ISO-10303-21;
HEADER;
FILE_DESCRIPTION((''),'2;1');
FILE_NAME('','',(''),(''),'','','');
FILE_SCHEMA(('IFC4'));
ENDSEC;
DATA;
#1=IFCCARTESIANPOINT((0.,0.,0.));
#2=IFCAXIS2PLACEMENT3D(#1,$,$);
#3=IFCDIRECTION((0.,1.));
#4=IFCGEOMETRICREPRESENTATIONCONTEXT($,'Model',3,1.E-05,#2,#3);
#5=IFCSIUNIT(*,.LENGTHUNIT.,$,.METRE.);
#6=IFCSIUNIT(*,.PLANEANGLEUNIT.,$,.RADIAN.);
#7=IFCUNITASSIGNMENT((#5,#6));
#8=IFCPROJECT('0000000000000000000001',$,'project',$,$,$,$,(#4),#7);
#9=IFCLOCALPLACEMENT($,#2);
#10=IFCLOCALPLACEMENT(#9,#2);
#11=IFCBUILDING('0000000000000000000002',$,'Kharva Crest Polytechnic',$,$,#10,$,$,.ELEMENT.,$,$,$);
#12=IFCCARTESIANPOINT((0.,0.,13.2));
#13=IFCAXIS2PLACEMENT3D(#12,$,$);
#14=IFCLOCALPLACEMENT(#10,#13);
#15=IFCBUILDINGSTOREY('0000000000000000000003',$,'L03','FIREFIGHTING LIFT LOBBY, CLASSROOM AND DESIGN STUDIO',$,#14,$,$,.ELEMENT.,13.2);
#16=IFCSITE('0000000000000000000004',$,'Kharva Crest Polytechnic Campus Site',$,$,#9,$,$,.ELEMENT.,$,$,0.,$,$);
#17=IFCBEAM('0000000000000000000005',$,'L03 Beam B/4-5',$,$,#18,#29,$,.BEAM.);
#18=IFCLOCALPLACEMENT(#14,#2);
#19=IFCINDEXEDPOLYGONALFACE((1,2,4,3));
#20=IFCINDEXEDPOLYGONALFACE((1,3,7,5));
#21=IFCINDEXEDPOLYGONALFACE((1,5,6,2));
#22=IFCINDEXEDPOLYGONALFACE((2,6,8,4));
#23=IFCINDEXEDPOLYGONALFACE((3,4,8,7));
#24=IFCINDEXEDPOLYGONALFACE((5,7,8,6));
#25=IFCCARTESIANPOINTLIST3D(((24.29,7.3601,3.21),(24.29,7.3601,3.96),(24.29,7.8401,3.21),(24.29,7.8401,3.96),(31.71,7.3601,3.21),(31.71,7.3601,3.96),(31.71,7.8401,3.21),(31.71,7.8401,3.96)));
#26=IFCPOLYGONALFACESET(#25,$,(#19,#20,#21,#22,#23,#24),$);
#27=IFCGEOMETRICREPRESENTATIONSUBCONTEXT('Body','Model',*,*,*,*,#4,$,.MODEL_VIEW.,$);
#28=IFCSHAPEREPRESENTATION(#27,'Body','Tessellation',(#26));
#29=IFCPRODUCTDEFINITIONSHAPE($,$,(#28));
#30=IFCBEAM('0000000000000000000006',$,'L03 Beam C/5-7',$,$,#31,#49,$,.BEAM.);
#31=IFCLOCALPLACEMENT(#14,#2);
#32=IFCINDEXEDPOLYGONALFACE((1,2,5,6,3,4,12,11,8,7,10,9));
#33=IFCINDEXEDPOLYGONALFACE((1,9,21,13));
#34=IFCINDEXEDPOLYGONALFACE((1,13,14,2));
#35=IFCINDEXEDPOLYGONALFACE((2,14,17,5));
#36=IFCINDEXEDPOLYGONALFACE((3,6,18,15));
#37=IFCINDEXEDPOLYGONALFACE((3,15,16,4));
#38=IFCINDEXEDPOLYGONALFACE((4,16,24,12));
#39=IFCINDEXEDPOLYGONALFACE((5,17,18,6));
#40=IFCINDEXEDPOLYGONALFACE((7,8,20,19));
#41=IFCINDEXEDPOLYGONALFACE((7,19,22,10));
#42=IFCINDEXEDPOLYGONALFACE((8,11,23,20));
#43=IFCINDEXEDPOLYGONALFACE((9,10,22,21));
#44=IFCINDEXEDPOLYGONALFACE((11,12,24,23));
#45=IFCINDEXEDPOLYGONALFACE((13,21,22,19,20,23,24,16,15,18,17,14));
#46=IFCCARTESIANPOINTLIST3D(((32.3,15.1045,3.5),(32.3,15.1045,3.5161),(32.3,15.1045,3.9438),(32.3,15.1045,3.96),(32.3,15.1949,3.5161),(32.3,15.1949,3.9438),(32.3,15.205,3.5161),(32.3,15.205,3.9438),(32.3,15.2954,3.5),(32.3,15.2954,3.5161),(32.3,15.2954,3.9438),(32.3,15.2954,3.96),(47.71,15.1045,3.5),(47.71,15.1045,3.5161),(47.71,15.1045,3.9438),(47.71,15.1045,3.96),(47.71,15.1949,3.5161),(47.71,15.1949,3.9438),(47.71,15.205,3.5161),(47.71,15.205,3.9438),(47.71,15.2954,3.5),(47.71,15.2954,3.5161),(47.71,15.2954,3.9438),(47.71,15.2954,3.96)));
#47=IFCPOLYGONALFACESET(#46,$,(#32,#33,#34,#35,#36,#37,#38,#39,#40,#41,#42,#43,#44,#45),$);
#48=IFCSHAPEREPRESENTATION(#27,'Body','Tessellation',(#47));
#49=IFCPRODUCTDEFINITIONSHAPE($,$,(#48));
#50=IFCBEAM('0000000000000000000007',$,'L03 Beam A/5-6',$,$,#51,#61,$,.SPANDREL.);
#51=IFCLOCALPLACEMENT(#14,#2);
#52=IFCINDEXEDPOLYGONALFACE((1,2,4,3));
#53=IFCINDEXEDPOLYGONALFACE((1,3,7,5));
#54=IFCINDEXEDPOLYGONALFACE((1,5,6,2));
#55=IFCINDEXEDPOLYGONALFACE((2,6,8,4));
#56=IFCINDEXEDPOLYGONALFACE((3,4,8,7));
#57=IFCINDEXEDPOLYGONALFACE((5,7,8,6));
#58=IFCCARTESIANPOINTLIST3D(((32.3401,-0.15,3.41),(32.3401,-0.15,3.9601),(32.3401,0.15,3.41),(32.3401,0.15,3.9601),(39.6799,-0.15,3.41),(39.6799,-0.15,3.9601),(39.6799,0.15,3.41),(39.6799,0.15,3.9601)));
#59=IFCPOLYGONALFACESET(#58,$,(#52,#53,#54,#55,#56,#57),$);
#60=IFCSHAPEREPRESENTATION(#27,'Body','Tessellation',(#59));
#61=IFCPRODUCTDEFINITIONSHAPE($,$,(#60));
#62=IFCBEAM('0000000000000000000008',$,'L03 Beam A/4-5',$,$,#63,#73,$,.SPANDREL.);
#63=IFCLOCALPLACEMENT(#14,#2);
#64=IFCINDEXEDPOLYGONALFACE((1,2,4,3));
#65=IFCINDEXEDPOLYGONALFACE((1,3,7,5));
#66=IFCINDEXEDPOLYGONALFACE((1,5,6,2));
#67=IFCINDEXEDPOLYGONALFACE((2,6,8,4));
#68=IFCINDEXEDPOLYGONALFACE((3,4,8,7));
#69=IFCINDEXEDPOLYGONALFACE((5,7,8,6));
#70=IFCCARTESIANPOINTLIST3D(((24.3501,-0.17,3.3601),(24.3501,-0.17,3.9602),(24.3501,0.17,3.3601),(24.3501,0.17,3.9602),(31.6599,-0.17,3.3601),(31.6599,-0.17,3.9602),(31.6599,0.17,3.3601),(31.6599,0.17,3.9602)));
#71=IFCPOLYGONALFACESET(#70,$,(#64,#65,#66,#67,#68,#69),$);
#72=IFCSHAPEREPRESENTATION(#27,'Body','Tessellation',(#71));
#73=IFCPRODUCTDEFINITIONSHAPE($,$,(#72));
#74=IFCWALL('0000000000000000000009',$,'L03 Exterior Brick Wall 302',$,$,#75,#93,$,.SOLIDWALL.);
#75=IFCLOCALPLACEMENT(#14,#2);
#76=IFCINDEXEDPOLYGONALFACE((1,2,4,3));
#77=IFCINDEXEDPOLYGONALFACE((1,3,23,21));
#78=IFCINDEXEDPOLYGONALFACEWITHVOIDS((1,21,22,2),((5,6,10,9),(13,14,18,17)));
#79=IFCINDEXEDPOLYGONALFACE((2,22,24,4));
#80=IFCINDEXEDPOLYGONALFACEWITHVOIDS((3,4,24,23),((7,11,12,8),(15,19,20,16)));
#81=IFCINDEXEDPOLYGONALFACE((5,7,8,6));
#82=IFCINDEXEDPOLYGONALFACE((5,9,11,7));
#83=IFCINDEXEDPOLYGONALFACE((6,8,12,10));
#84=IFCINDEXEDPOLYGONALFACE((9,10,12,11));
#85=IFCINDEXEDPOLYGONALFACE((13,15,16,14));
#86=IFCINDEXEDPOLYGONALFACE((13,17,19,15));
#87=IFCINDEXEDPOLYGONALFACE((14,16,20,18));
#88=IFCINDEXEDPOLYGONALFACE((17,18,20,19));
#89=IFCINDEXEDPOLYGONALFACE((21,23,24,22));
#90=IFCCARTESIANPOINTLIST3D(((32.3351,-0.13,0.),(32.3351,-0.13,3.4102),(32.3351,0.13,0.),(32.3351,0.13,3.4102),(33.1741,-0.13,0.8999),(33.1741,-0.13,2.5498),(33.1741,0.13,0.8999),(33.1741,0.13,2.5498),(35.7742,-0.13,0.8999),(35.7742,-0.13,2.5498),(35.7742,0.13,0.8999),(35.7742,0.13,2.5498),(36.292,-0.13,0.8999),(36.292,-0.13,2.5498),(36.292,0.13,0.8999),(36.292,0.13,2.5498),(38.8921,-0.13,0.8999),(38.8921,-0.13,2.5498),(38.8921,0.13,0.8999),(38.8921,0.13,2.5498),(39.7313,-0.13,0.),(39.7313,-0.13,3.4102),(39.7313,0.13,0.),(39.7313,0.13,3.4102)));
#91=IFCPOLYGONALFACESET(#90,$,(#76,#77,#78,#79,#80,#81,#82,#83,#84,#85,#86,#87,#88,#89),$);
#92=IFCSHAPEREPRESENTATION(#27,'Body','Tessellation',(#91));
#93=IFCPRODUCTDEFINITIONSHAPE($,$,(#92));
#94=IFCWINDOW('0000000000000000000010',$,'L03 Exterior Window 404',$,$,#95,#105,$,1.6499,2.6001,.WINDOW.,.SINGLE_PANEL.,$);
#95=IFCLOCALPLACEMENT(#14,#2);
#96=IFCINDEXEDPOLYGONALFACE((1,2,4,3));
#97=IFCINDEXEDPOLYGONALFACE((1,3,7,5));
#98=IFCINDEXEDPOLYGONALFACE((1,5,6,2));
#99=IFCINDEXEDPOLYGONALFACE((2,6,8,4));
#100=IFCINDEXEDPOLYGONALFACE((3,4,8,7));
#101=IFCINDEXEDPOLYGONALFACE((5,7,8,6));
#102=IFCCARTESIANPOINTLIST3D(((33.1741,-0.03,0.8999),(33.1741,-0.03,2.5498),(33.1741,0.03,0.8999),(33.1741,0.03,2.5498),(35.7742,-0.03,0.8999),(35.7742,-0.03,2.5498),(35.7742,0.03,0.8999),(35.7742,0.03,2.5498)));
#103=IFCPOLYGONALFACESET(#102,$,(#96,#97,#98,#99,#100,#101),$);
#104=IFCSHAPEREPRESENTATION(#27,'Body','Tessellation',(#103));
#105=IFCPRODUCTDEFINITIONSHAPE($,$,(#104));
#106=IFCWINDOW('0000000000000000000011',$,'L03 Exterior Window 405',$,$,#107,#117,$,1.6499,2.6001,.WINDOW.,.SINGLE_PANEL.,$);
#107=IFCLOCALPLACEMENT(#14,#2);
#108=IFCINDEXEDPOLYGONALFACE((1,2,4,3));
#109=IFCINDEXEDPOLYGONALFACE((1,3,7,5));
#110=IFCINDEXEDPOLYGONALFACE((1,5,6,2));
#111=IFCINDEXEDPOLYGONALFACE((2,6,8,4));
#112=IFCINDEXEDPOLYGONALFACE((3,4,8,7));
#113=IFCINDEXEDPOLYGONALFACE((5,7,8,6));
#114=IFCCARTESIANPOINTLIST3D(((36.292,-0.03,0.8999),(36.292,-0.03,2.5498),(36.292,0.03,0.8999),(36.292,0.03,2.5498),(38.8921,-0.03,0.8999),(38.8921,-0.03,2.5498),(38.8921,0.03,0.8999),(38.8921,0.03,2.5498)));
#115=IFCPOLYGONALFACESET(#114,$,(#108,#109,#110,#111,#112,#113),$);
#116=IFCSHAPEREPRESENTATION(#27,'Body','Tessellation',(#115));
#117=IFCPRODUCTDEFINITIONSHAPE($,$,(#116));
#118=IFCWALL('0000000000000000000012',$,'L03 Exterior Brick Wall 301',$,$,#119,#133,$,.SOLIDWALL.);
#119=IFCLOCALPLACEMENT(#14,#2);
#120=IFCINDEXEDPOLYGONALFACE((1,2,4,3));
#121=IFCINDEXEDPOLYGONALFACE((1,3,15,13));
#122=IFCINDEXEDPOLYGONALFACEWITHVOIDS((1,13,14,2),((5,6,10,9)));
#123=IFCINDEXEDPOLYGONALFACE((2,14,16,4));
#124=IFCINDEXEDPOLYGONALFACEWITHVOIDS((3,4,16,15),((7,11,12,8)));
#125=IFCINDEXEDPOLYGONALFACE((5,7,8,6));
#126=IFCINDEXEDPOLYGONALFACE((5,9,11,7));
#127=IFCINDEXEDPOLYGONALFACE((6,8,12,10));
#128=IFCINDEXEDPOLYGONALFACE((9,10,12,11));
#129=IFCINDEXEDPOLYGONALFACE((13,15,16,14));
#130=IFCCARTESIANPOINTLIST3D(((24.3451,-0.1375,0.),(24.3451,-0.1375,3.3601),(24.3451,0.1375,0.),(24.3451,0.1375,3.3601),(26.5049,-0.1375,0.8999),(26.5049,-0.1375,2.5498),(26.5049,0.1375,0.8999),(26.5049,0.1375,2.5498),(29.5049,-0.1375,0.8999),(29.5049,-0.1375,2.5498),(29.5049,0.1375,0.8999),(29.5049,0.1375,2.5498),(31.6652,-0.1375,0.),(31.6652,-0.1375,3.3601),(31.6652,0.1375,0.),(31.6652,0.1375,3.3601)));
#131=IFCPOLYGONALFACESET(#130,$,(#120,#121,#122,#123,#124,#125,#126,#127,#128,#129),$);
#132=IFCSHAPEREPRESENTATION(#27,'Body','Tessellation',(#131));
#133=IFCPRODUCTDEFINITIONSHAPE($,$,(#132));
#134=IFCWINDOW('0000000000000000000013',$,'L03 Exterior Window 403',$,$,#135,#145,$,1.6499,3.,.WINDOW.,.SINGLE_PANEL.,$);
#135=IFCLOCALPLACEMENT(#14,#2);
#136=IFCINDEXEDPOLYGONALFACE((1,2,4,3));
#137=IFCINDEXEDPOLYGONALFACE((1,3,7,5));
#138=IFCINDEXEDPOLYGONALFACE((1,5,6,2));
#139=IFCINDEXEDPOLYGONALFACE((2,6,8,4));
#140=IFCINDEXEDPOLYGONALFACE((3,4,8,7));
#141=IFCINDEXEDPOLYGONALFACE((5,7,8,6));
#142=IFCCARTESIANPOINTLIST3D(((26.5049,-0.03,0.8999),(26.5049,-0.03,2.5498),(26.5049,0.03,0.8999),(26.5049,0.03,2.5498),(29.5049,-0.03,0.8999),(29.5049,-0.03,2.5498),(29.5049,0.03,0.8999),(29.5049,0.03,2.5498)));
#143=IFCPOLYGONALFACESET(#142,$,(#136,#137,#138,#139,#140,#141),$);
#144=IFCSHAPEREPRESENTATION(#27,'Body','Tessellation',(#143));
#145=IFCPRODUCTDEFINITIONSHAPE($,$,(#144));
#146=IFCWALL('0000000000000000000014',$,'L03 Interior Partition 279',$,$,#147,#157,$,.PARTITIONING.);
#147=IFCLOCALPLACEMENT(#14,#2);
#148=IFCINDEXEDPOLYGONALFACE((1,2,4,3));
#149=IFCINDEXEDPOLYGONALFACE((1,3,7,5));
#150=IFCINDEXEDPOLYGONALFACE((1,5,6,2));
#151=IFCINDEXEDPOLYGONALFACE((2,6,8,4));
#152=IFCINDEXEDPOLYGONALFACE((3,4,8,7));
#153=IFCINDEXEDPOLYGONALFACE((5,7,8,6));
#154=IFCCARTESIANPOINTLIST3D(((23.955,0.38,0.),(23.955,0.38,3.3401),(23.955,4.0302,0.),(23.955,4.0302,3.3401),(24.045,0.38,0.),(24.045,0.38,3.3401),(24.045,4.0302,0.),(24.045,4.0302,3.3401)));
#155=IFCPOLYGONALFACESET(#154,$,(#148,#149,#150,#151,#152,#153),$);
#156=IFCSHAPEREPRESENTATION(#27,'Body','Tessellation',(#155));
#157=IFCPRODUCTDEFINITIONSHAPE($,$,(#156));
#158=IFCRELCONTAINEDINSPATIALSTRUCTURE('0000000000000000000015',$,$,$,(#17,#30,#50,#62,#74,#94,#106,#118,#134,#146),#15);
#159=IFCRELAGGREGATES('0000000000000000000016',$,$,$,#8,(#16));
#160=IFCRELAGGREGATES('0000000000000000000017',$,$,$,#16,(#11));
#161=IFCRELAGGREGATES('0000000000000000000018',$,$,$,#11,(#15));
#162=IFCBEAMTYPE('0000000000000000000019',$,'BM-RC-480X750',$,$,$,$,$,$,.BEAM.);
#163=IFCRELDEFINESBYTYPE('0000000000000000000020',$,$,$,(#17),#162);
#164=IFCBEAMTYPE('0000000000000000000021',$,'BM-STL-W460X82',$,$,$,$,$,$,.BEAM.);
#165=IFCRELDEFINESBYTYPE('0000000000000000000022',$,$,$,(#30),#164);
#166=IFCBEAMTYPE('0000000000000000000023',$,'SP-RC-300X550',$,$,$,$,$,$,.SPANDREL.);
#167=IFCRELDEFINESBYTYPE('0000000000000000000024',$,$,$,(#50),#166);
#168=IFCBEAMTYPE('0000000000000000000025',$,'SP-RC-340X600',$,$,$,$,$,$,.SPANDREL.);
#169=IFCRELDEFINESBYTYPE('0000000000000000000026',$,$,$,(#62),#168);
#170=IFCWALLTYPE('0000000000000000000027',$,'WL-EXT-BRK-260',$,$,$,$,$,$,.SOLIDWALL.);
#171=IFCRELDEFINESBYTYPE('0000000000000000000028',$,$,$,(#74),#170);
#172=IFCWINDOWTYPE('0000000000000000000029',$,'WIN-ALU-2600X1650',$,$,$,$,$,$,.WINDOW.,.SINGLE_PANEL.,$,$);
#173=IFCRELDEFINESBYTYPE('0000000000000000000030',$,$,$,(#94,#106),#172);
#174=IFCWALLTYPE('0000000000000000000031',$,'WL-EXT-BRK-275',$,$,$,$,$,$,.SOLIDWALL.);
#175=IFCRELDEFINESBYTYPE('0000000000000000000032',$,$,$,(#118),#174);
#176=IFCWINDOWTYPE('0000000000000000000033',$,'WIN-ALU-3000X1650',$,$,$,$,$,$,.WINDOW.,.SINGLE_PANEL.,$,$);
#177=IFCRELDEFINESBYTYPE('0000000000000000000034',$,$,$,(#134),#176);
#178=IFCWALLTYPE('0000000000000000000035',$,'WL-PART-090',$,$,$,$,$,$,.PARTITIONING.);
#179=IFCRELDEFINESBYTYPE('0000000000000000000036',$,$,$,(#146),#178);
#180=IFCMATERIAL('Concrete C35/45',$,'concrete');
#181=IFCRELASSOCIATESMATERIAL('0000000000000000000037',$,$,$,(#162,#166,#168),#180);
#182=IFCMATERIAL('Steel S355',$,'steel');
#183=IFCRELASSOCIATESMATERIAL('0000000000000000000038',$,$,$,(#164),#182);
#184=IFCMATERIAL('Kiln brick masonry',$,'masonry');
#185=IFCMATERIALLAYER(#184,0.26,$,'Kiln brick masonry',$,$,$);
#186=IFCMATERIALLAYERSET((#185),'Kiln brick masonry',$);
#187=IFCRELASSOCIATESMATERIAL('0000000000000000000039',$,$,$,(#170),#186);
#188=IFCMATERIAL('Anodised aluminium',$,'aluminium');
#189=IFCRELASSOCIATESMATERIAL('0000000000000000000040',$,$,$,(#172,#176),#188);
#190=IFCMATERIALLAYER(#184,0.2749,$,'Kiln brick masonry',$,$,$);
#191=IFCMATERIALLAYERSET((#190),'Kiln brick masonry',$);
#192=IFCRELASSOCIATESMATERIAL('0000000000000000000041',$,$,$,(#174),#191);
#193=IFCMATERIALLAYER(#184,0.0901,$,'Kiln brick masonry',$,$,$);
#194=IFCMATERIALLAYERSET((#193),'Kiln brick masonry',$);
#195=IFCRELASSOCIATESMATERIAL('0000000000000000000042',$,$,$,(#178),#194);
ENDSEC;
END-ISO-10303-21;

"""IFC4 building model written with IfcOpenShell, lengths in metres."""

from ifc_helpers import new_model, si_unit, direction, frame, frame_2d, origin, origin_2d, place, context, subcontext, project, spatial, rectangle, i_section, extrude, material, layer, layer_set, material_profile, profile_set, type_object, element, fill, save


model = new_model("IFC4")

# Units and contexts
model_context = context("Model", 3, precision=1e-05, world=origin(), true_north=direction((0.0, 1.0)))
body_context = subcontext(model_context, "Body", "Model", "MODEL_VIEW")
ifc_project = project(units=[si_unit("LENGTHUNIT", "METRE"), si_unit("PLANEANGLEUNIT", "RADIAN")], contexts=[model_context])

# Site, building, storey
site_placement = place(None, origin())
site = spatial("IfcSite", under=ifc_project, at=site_placement, Name="Kharva Crest Polytechnic Campus Site", CompositionType="ELEMENT", RefElevation=0.0)
building_placement = place(site_placement, origin())
building = spatial("IfcBuilding", under=site, at=building_placement, Name="Kharva Crest Polytechnic", CompositionType="ELEMENT")
storey_placement = place(building_placement, frame((0.0, 0.0, 13.2)))
storey = spatial("IfcBuildingStorey", under=building, at=storey_placement, Name="L03", Description="FIREFIGHTING LIFT LOBBY, CLASSROOM AND DESIGN STUDIO", CompositionType="ELEMENT", Elevation=13.2)

# Beams
ifc_material_1 = material(Name="Concrete C35/45", Category="concrete")
ifc_material_profile_1 = material_profile(ifc_material_1, rectangle(XDim=0.48, YDim=0.75, at=origin_2d()), Name="RECT 480 X 750")
ifc_profile_set_1 = profile_set([ifc_material_profile_1], Name="Concrete C35/45")
beam_type_1 = type_object("IfcBeamType", Name="BM-RC-480X750", PredefinedType="BEAM", material=ifc_profile_set_1)
beam_1_placement = place(storey_placement, frame((24.29, 7.6001, 3.585), z_axis=(1.0, 0.0, 0.0), x_axis=(0.0, 1.0, 0.0)))
element("IfcBeam", 1, at=beam_1_placement, inside=storey, type_object=beam_type_1, Name="L03 Beam B/4-5", PredefinedType="BEAM", context=body_context, shape_type="SweptSolid", body=[
    extrude(rectangle(XDim=0.48, YDim=0.75, at=origin_2d()), origin(), (0.0, 0.0, 1.0), 7.4199),
])
ifc_material_2 = material(Name="Steel S355", Category="steel")
ifc_material_profile_2 = material_profile(ifc_material_2, i_section(OverallWidth=0.1909, OverallDepth=0.46, WebThickness=0.01, FlangeThickness=0.0161, at=origin_2d()), Name="W460X82")
ifc_profile_set_2 = profile_set([ifc_material_profile_2], Name="Steel S355")
beam_type_2 = type_object("IfcBeamType", Name="BM-STL-W460X82", PredefinedType="BEAM", material=ifc_profile_set_2)
beam_2_placement = place(storey_placement, frame((32.3, 15.2, 3.73), z_axis=(1.0, 0.0, 0.0), x_axis=(0.0, 1.0, 0.0)))
element("IfcBeam", 2, at=beam_2_placement, inside=storey, type_object=beam_type_2, Name="L03 Beam C/5-7", PredefinedType="BEAM", context=body_context, shape_type="SweptSolid", body=[
    extrude(i_section(OverallWidth=0.1909, OverallDepth=0.46, WebThickness=0.01, FlangeThickness=0.0161, at=origin_2d()), origin(), (0.0, 0.0, 1.0), 15.4099),
])
ifc_material_profile_3 = material_profile(ifc_material_1, rectangle(XDim=0.3, YDim=0.55, at=origin_2d()), Name="RECT 300 X 550")
ifc_profile_set_3 = profile_set([ifc_material_profile_3], Name="Concrete C35/45")
beam_type_3 = type_object("IfcBeamType", Name="SP-RC-300X550", PredefinedType="SPANDREL", material=ifc_profile_set_3)
beam_3_placement = place(storey_placement, frame((32.3401, 0.0, 3.6851), z_axis=(1.0, 0.0, 0.0), x_axis=(0.0, 1.0, 0.0)))
element("IfcBeam", 3, at=beam_3_placement, inside=storey, type_object=beam_type_3, Name="L03 Beam A/5-6", PredefinedType="SPANDREL", context=body_context, shape_type="SweptSolid", body=[
    extrude(rectangle(XDim=0.3, YDim=0.55, at=origin_2d()), origin(), (0.0, 0.0, 1.0), 7.3398),
])
ifc_material_profile_4 = material_profile(ifc_material_1, rectangle(XDim=0.3401, YDim=0.6001, at=origin_2d()), Name="RECT 340 X 600")
ifc_profile_set_4 = profile_set([ifc_material_profile_4], Name="Concrete C35/45")
beam_type_4 = type_object("IfcBeamType", Name="SP-RC-340X600", PredefinedType="SPANDREL", material=ifc_profile_set_4)
beam_4_placement = place(storey_placement, frame((24.3501, 0.0, 3.6602), z_axis=(1.0, 0.0, 0.0), x_axis=(0.0, 1.0, 0.0)))
element("IfcBeam", 4, at=beam_4_placement, inside=storey, type_object=beam_type_4, Name="L03 Beam A/4-5", PredefinedType="SPANDREL", context=body_context, shape_type="SweptSolid", body=[
    extrude(rectangle(XDim=0.3401, YDim=0.6001, at=origin_2d()), origin(), (0.0, 0.0, 1.0), 7.3098),
])

# Wall, openings, windows
ifc_material_3 = material(Name="Kiln brick masonry", Category="masonry")
ifc_layer_1 = layer(ifc_material_3, 0.26, Name="Kiln brick masonry")
ifc_layer_set_1 = layer_set([ifc_layer_1], Name="Kiln brick masonry")
wall_type_1 = type_object("IfcWallType", Name="WL-EXT-BRK-260", PredefinedType="SOLIDWALL", material=ifc_layer_set_1)
wall_1_placement = place(storey_placement, frame((32.335, 0.0, 0.0), z_axis=(0.0, 0.0, 1.0), x_axis=(1.0, 0.0, 0.0)))
wall_1 = element("IfcWall", 5, at=wall_1_placement, inside=storey, type_object=wall_type_1, Name="L03 Exterior Brick Wall 302", PredefinedType="SOLIDWALL", context=body_context, shape_type="SweptSolid", body=[
    extrude(rectangle(XDim=7.3962, YDim=0.26, at=frame_2d((3.6982, 0.0))), origin(), (0.0, 0.0, 1.0), 3.4102),
])
opening_1_placement = place(wall_1_placement, frame((0.8391, 0.0, 0.8999)))
opening_1 = element("IfcOpeningElement", 6, at=opening_1_placement, cuts=wall_1, PredefinedType="OPENING", context=body_context, shape_type="SweptSolid", body=[
    extrude(rectangle(XDim=2.6001, YDim=1.6499, at=frame_2d((1.3, 0.825))), frame((0.0, 0.1399, 0.0), z_axis=(0.0, -1.0, 0.0), x_axis=(1.0, 0.0, 0.0)), (0.0, 0.0, 1.0), 0.28),
])
opening_2_placement = place(wall_1_placement, frame((3.957, 0.0, 0.8999)))
opening_2 = element("IfcOpeningElement", 7, at=opening_2_placement, cuts=wall_1, PredefinedType="OPENING", context=body_context, shape_type="SweptSolid", body=[
    extrude(rectangle(XDim=2.6001, YDim=1.6499, at=frame_2d((1.3, 0.825))), frame((0.0, 0.1399, 0.0), z_axis=(0.0, -1.0, 0.0), x_axis=(1.0, 0.0, 0.0)), (0.0, 0.0, 1.0), 0.28),
])
ifc_material_4 = material(Name="Anodised aluminium", Category="aluminium")
window_type_1 = type_object("IfcWindowType", Name="WIN-ALU-2600X1650", PartitioningType="SINGLE_PANEL", PredefinedType="WINDOW", material=ifc_material_4)
window_1_placement = place(opening_1_placement, origin())
window_1 = element("IfcWindow", 8, at=window_1_placement, inside=storey, type_object=window_type_1, Name="L03 Exterior Window 404", OverallHeight=1.6499, OverallWidth=2.6001, PartitioningType="SINGLE_PANEL", PredefinedType="WINDOW", context=body_context, shape_type="SweptSolid", body=[
    extrude(rectangle(XDim=2.6001, YDim=1.6499, at=frame_2d((1.3, 0.825))), frame((0.0, 0.03, 0.0), z_axis=(0.0, -1.0, 0.0), x_axis=(1.0, 0.0, 0.0)), (0.0, 0.0, 1.0), 0.0601),
])
fill(opening_1, window_1)
window_2_placement = place(opening_2_placement, origin())
window_2 = element("IfcWindow", 9, at=window_2_placement, inside=storey, type_object=window_type_1, Name="L03 Exterior Window 405", OverallHeight=1.6499, OverallWidth=2.6001, PartitioningType="SINGLE_PANEL", PredefinedType="WINDOW", context=body_context, shape_type="SweptSolid", body=[
    extrude(rectangle(XDim=2.6001, YDim=1.6499, at=frame_2d((1.3, 0.825))), frame((0.0, 0.03, 0.0), z_axis=(0.0, -1.0, 0.0), x_axis=(1.0, 0.0, 0.0)), (0.0, 0.0, 1.0), 0.0601),
])
fill(opening_2, window_2)

# Wall, opening, window
ifc_layer_2 = layer(ifc_material_3, 0.2749, Name="Kiln brick masonry")
ifc_layer_set_2 = layer_set([ifc_layer_2], Name="Kiln brick masonry")
wall_type_2 = type_object("IfcWallType", Name="WL-EXT-BRK-275", PredefinedType="SOLIDWALL", material=ifc_layer_set_2)
wall_2_placement = place(storey_placement, frame((24.345, 0.0, 0.0), z_axis=(0.0, 0.0, 1.0), x_axis=(1.0, 0.0, 0.0)))
wall_2 = element("IfcWall", 10, at=wall_2_placement, inside=storey, type_object=wall_type_2, Name="L03 Exterior Brick Wall 301", PredefinedType="SOLIDWALL", context=body_context, shape_type="SweptSolid", body=[
    extrude(rectangle(XDim=7.3201, YDim=0.2749, at=frame_2d((3.6602, 0.0))), origin(), (0.0, 0.0, 1.0), 3.3601),
])
opening_3_placement = place(wall_2_placement, frame((2.1599, 0.0, 0.8999)))
opening_3 = element("IfcOpeningElement", 11, at=opening_3_placement, cuts=wall_2, PredefinedType="OPENING", context=body_context, shape_type="SweptSolid", body=[
    extrude(rectangle(XDim=3.0, YDim=1.6499, at=frame_2d((1.5, 0.825))), frame((0.0, 0.1475, 0.0), z_axis=(0.0, -1.0, 0.0), x_axis=(1.0, 0.0, 0.0)), (0.0, 0.0, 1.0), 0.2949),
])
window_type_2 = type_object("IfcWindowType", Name="WIN-ALU-3000X1650", PartitioningType="SINGLE_PANEL", PredefinedType="WINDOW", material=ifc_material_4)
window_3_placement = place(opening_3_placement, origin())
window_3 = element("IfcWindow", 12, at=window_3_placement, inside=storey, type_object=window_type_2, Name="L03 Exterior Window 403", OverallHeight=1.6499, OverallWidth=3.0, PartitioningType="SINGLE_PANEL", PredefinedType="WINDOW", context=body_context, shape_type="SweptSolid", body=[
    extrude(rectangle(XDim=3.0, YDim=1.6499, at=frame_2d((1.5, 0.825))), frame((0.0, 0.03, 0.0), z_axis=(0.0, -1.0, 0.0), x_axis=(1.0, 0.0, 0.0)), (0.0, 0.0, 1.0), 0.0601),
])
fill(opening_3, window_3)

# Wall
ifc_layer_3 = layer(ifc_material_3, 0.0901, Name="Kiln brick masonry")
ifc_layer_set_3 = layer_set([ifc_layer_3], Name="Kiln brick masonry")
wall_type_3 = type_object("IfcWallType", Name="WL-PART-090", PredefinedType="PARTITIONING", material=ifc_layer_set_3)
wall_3_placement = place(storey_placement, frame((24.0, 0.3799, 0.0), z_axis=(0.0, 0.0, 1.0), x_axis=(0.0, 1.0, 0.0)))
element("IfcWall", 13, at=wall_3_placement, inside=storey, type_object=wall_type_3, Name="L03 Interior Partition 279", PredefinedType="PARTITIONING", context=body_context, shape_type="SweptSolid", body=[
    extrude(rectangle(XDim=3.6501, YDim=0.0901, at=frame_2d((1.8252, 0.0))), origin(), (0.0, 0.0, 1.0), 3.3401),
])

save(model, "model.ifc")
